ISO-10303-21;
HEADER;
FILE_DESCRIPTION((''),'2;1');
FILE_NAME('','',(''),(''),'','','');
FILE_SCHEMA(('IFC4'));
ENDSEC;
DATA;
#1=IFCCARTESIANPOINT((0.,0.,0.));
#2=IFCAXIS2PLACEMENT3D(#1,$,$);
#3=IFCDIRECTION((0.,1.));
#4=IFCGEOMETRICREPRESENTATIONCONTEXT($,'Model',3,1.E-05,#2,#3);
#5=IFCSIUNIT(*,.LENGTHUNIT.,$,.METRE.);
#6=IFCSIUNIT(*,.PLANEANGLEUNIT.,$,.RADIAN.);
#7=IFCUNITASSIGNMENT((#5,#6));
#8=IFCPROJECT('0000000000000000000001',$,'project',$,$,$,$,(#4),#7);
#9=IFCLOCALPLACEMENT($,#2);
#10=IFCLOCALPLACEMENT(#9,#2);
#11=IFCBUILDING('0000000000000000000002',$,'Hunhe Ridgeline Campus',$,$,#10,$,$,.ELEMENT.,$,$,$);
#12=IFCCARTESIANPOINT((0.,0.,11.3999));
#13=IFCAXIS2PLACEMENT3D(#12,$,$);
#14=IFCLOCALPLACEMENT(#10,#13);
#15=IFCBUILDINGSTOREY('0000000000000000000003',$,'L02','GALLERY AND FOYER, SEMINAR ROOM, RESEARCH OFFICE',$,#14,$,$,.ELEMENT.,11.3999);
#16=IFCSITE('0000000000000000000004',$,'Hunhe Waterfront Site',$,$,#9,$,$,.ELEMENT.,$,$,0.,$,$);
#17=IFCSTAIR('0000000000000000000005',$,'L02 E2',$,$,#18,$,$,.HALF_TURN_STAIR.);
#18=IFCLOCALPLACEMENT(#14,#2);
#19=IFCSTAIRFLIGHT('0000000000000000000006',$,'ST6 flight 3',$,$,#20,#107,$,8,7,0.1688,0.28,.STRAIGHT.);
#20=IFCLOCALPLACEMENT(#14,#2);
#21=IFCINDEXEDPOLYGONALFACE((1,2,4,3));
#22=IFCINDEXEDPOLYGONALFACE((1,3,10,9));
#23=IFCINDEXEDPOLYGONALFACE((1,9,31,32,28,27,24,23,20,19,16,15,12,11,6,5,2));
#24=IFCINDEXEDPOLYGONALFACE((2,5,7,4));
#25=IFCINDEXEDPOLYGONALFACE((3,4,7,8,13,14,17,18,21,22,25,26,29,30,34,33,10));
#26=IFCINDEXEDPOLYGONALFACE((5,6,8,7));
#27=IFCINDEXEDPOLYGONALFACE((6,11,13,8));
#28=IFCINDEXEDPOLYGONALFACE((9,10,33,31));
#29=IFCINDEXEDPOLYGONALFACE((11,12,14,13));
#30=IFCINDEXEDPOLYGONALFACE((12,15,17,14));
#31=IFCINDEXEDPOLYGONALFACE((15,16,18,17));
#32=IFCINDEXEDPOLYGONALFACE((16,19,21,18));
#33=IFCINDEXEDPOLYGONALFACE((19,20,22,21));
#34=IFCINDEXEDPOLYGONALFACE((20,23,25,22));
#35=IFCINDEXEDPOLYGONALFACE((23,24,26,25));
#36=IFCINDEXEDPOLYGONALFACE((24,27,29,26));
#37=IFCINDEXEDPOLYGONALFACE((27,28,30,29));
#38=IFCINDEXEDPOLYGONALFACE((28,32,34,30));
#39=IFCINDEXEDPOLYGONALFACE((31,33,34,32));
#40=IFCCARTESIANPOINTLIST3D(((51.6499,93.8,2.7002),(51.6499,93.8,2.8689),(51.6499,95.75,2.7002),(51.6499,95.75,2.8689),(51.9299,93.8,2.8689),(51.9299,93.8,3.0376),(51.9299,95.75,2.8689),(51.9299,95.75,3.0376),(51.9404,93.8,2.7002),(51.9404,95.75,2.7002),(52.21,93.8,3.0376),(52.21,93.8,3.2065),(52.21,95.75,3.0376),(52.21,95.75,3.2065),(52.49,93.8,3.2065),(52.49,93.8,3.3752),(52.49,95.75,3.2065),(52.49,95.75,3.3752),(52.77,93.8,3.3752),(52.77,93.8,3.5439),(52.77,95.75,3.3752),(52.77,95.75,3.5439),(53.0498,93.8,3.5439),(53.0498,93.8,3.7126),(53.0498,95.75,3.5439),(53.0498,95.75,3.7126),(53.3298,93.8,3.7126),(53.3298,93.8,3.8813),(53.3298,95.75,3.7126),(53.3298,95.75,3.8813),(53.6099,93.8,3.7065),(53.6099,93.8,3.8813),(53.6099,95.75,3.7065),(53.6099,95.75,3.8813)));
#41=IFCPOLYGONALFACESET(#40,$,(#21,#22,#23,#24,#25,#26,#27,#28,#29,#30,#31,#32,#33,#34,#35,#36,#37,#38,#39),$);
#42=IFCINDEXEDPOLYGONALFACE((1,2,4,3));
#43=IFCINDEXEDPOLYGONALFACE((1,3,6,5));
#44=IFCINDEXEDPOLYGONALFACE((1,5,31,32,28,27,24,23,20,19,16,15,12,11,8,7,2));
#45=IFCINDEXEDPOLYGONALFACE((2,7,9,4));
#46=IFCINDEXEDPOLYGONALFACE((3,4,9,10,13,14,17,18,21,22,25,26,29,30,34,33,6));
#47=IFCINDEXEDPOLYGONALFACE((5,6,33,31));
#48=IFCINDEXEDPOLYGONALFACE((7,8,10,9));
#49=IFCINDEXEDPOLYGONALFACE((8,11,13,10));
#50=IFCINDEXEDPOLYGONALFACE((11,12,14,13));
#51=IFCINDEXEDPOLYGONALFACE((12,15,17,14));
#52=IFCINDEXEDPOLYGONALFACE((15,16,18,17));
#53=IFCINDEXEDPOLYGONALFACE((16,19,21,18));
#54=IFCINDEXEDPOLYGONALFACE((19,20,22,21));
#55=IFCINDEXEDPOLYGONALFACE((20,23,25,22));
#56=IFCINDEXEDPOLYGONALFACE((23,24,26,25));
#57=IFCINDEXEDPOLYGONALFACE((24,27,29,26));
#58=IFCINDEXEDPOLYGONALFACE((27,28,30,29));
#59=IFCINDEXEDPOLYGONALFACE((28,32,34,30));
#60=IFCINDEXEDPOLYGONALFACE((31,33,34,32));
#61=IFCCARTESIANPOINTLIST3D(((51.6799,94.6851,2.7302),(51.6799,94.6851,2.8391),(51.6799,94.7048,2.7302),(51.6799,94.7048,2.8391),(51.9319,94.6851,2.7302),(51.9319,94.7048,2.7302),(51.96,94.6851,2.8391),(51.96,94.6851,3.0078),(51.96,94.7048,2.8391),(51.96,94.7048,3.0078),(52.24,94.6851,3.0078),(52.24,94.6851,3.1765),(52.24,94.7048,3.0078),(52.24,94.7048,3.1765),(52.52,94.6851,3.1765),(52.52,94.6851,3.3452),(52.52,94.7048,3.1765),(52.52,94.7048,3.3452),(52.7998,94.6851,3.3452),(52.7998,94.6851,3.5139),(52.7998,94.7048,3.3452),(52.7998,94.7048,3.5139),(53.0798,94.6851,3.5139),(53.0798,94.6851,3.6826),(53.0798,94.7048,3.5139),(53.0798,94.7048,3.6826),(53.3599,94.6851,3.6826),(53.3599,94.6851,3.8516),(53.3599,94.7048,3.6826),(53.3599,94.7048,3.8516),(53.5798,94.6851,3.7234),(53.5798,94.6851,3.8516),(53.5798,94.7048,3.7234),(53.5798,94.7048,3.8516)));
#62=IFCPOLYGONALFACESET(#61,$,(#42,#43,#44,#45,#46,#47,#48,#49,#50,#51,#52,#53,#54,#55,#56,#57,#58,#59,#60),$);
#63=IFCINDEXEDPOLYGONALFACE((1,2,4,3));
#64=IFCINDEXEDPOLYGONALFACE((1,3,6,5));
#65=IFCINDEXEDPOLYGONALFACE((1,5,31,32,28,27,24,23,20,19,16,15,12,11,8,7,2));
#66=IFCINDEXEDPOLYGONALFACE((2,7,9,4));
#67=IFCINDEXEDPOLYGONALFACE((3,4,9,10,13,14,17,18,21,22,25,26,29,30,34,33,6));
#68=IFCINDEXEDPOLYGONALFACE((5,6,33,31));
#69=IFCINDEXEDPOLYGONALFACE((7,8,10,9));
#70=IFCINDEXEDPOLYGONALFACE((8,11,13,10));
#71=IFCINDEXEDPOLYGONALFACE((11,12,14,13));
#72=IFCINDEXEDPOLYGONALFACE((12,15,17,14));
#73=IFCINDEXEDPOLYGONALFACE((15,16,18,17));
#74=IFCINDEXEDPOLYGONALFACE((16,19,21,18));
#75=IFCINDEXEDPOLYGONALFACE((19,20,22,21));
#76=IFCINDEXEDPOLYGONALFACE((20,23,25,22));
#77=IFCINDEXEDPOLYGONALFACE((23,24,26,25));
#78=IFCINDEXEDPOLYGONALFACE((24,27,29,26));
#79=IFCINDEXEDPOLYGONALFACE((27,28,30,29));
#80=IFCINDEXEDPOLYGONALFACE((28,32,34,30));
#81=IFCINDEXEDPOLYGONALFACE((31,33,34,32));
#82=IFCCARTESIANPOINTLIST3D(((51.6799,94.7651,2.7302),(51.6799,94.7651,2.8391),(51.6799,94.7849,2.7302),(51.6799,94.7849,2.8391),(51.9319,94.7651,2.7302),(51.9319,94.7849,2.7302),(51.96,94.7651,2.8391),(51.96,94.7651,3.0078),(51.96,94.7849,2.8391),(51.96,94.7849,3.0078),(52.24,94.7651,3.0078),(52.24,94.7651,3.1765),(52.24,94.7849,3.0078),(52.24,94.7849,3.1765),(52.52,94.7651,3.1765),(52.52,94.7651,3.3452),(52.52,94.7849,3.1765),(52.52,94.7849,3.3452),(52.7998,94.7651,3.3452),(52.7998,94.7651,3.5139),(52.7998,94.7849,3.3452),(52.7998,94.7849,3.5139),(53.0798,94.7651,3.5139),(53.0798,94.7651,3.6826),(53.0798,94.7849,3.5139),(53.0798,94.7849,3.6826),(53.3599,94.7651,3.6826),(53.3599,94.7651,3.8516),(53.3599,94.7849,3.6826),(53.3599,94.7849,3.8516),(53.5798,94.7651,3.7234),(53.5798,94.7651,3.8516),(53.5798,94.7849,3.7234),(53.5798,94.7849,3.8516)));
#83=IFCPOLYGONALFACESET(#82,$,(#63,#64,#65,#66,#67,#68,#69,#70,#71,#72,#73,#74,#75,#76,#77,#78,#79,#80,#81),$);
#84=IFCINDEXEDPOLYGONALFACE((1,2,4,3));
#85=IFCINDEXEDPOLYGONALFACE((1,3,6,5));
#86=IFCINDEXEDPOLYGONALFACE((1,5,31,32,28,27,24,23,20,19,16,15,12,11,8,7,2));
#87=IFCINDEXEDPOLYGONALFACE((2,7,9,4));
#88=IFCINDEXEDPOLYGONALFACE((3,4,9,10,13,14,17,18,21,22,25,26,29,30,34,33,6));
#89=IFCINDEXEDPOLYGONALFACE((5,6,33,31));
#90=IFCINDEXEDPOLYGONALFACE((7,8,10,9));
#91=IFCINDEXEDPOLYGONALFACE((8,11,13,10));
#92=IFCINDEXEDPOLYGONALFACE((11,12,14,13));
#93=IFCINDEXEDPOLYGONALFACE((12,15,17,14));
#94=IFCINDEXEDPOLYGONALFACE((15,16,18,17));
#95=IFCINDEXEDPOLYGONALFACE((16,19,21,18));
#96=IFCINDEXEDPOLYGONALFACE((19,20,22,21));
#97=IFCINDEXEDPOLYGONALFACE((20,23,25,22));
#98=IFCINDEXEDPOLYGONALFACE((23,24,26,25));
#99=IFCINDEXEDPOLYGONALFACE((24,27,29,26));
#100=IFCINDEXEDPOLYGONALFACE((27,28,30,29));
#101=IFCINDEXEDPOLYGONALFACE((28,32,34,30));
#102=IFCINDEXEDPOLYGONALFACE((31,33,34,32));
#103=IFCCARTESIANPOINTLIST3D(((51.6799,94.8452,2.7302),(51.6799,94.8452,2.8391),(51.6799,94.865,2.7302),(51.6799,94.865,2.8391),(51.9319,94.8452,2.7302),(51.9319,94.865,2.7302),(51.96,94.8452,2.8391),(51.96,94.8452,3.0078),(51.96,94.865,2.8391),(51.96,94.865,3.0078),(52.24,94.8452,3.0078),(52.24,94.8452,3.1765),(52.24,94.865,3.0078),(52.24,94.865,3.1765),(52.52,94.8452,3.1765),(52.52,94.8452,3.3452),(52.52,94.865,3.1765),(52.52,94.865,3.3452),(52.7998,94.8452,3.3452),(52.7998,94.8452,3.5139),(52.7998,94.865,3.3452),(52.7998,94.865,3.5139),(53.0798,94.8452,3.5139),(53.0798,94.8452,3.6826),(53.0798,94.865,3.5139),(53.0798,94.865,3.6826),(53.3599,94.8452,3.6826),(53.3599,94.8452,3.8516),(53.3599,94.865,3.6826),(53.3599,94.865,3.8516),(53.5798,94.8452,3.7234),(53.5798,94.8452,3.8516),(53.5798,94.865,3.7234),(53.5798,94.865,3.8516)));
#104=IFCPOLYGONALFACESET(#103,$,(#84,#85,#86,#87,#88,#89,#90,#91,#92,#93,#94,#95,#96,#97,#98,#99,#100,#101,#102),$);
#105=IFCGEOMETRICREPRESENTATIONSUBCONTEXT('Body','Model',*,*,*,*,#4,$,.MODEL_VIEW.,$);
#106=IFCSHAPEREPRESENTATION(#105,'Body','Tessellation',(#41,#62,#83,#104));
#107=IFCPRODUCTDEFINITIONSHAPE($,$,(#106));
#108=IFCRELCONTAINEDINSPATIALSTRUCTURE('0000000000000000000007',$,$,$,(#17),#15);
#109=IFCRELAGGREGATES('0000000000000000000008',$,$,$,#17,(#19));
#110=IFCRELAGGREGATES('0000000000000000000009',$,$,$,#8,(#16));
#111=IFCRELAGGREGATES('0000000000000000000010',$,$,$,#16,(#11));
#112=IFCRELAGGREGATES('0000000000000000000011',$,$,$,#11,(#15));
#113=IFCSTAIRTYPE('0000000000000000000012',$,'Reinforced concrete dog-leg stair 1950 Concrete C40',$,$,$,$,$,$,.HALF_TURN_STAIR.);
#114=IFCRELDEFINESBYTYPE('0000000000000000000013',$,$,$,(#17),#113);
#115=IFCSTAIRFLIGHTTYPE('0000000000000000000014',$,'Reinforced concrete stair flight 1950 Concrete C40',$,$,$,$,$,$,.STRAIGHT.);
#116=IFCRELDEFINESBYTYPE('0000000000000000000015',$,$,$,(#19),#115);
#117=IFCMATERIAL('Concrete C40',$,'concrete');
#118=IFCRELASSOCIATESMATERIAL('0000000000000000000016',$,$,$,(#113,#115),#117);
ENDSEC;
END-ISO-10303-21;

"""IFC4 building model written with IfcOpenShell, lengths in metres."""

from ifc_helpers import new_model, si_unit, direction, frame, origin, place, context, subcontext, project, spatial, polyline, outline, extrude, material, type_object, element, aggregate, save


model = new_model("IFC4")

# Units and contexts
model_context = context("Model", 3, precision=1e-05, world=origin(), true_north=direction((0.0, 1.0)))
body_context = subcontext(model_context, "Body", "Model", "MODEL_VIEW")
ifc_project = project(units=[si_unit("LENGTHUNIT", "METRE"), si_unit("PLANEANGLEUNIT", "RADIAN")], contexts=[model_context])

# Site, building, storey
site_placement = place(None, origin())
site = spatial("IfcSite", under=ifc_project, at=site_placement, Name="Hunhe Waterfront Site", CompositionType="ELEMENT", RefElevation=0.0)
building_placement = place(site_placement, origin())
building = spatial("IfcBuilding", under=site, at=building_placement, Name="Hunhe Ridgeline Campus", CompositionType="ELEMENT")
storey_placement = place(building_placement, frame((0.0, 0.0, 11.3999)))
storey = spatial("IfcBuildingStorey", under=building, at=storey_placement, Name="L02", Description="GALLERY AND FOYER, SEMINAR ROOM, RESEARCH OFFICE", CompositionType="ELEMENT", Elevation=11.3999)

# Stair, stair flight
ifc_material_1 = material(Name="Concrete C40", Category="concrete")
stair_type = type_object("IfcStairType", Name="Reinforced concrete dog-leg stair 1950 Concrete C40", PredefinedType="HALF_TURN_STAIR", material=ifc_material_1)
stair_1_placement = place(storey_placement, origin())
stair_1 = element("IfcStair", 1, at=stair_1_placement, inside=storey, type_object=stair_type, Name="L02 E2", PredefinedType="HALF_TURN_STAIR")
stair_flight_type = type_object("IfcStairFlightType", Name="Reinforced concrete stair flight 1950 Concrete C40", PredefinedType="STRAIGHT", material=ifc_material_1)
stair_flight_1_placement = place(storey_placement, frame((51.6499, 94.7749, 2.7002), z_axis=(0.0, 0.0, 1.0), x_axis=(1.0, 0.0, 0.0)))
stair_flight_1 = element("IfcStairFlight", 2, at=stair_flight_1_placement, type_object=stair_flight_type, Name="ST6 flight 3", NumberOfRisers=8, NumberOfTreads=7, PredefinedType="STRAIGHT", RiserHeight=0.1688, TreadLength=0.28, context=body_context, shape_type="SweptSolid", body=[
    extrude(outline(polyline([(0.0, 0.0), (0.0, 0.1687), (0.28, 0.1687), (0.28, 0.3374), (0.5601, 0.3374), (0.5601, 0.5063), (0.8401, 0.5063), (0.8401, 0.675), (1.1201, 0.675), (1.1201, 0.8438), (1.3999, 0.8438), (1.3999, 1.0125), (1.6799, 1.0125), (1.6799, 1.1812), (1.96, 1.1812), (1.96, 1.3501), (1.96, 1.0063), (0.2905, 0.0), (0.0, 0.0)])), frame((0.0, 0.9751, 0.0), z_axis=(0.0, -1.0, 0.0), x_axis=(1.0, 0.0, 0.0)), (0.0, 0.0, 1.0), 1.95),
    extrude(outline(polyline([(0.03, 0.03), (0.03, 0.1389), (0.3101, 0.1389), (0.3101, 0.3076), (0.5901, 0.3076), (0.5901, 0.4763), (0.8701, 0.4763), (0.8701, 0.645), (1.1499, 0.645), (1.1499, 0.8137), (1.4299, 0.8137), (1.4299, 0.9824), (1.71, 0.9824), (1.71, 1.1514), (1.9299, 1.1514), (1.9299, 1.0232), (0.282, 0.03), (0.03, 0.03)])), frame((0.0, -0.0701, 0.0), z_axis=(0.0, -1.0, 0.0), x_axis=(1.0, 0.0, 0.0)), (0.0, 0.0, 1.0), 0.0198),
    extrude(outline(polyline([(0.03, 0.03), (0.03, 0.1389), (0.3101, 0.1389), (0.3101, 0.3076), (0.5901, 0.3076), (0.5901, 0.4763), (0.8701, 0.4763), (0.8701, 0.645), (1.1499, 0.645), (1.1499, 0.8137), (1.4299, 0.8137), (1.4299, 0.9824), (1.71, 0.9824), (1.71, 1.1514), (1.9299, 1.1514), (1.9299, 1.0232), (0.282, 0.03), (0.03, 0.03)])), frame((0.0, 0.01, 0.0), z_axis=(0.0, -1.0, 0.0), x_axis=(1.0, 0.0, 0.0)), (0.0, 0.0, 1.0), 0.0198),
    extrude(outline(polyline([(0.03, 0.03), (0.03, 0.1389), (0.3101, 0.1389), (0.3101, 0.3076), (0.5901, 0.3076), (0.5901, 0.4763), (0.8701, 0.4763), (0.8701, 0.645), (1.1499, 0.645), (1.1499, 0.8137), (1.4299, 0.8137), (1.4299, 0.9824), (1.71, 0.9824), (1.71, 1.1514), (1.9299, 1.1514), (1.9299, 1.0232), (0.282, 0.03), (0.03, 0.03)])), frame((0.0, 0.0901, 0.0), z_axis=(0.0, -1.0, 0.0), x_axis=(1.0, 0.0, 0.0)), (0.0, 0.0, 1.0), 0.0198),
])
aggregate(stair_1, [stair_flight_1])

save(model, "model.ifc")
